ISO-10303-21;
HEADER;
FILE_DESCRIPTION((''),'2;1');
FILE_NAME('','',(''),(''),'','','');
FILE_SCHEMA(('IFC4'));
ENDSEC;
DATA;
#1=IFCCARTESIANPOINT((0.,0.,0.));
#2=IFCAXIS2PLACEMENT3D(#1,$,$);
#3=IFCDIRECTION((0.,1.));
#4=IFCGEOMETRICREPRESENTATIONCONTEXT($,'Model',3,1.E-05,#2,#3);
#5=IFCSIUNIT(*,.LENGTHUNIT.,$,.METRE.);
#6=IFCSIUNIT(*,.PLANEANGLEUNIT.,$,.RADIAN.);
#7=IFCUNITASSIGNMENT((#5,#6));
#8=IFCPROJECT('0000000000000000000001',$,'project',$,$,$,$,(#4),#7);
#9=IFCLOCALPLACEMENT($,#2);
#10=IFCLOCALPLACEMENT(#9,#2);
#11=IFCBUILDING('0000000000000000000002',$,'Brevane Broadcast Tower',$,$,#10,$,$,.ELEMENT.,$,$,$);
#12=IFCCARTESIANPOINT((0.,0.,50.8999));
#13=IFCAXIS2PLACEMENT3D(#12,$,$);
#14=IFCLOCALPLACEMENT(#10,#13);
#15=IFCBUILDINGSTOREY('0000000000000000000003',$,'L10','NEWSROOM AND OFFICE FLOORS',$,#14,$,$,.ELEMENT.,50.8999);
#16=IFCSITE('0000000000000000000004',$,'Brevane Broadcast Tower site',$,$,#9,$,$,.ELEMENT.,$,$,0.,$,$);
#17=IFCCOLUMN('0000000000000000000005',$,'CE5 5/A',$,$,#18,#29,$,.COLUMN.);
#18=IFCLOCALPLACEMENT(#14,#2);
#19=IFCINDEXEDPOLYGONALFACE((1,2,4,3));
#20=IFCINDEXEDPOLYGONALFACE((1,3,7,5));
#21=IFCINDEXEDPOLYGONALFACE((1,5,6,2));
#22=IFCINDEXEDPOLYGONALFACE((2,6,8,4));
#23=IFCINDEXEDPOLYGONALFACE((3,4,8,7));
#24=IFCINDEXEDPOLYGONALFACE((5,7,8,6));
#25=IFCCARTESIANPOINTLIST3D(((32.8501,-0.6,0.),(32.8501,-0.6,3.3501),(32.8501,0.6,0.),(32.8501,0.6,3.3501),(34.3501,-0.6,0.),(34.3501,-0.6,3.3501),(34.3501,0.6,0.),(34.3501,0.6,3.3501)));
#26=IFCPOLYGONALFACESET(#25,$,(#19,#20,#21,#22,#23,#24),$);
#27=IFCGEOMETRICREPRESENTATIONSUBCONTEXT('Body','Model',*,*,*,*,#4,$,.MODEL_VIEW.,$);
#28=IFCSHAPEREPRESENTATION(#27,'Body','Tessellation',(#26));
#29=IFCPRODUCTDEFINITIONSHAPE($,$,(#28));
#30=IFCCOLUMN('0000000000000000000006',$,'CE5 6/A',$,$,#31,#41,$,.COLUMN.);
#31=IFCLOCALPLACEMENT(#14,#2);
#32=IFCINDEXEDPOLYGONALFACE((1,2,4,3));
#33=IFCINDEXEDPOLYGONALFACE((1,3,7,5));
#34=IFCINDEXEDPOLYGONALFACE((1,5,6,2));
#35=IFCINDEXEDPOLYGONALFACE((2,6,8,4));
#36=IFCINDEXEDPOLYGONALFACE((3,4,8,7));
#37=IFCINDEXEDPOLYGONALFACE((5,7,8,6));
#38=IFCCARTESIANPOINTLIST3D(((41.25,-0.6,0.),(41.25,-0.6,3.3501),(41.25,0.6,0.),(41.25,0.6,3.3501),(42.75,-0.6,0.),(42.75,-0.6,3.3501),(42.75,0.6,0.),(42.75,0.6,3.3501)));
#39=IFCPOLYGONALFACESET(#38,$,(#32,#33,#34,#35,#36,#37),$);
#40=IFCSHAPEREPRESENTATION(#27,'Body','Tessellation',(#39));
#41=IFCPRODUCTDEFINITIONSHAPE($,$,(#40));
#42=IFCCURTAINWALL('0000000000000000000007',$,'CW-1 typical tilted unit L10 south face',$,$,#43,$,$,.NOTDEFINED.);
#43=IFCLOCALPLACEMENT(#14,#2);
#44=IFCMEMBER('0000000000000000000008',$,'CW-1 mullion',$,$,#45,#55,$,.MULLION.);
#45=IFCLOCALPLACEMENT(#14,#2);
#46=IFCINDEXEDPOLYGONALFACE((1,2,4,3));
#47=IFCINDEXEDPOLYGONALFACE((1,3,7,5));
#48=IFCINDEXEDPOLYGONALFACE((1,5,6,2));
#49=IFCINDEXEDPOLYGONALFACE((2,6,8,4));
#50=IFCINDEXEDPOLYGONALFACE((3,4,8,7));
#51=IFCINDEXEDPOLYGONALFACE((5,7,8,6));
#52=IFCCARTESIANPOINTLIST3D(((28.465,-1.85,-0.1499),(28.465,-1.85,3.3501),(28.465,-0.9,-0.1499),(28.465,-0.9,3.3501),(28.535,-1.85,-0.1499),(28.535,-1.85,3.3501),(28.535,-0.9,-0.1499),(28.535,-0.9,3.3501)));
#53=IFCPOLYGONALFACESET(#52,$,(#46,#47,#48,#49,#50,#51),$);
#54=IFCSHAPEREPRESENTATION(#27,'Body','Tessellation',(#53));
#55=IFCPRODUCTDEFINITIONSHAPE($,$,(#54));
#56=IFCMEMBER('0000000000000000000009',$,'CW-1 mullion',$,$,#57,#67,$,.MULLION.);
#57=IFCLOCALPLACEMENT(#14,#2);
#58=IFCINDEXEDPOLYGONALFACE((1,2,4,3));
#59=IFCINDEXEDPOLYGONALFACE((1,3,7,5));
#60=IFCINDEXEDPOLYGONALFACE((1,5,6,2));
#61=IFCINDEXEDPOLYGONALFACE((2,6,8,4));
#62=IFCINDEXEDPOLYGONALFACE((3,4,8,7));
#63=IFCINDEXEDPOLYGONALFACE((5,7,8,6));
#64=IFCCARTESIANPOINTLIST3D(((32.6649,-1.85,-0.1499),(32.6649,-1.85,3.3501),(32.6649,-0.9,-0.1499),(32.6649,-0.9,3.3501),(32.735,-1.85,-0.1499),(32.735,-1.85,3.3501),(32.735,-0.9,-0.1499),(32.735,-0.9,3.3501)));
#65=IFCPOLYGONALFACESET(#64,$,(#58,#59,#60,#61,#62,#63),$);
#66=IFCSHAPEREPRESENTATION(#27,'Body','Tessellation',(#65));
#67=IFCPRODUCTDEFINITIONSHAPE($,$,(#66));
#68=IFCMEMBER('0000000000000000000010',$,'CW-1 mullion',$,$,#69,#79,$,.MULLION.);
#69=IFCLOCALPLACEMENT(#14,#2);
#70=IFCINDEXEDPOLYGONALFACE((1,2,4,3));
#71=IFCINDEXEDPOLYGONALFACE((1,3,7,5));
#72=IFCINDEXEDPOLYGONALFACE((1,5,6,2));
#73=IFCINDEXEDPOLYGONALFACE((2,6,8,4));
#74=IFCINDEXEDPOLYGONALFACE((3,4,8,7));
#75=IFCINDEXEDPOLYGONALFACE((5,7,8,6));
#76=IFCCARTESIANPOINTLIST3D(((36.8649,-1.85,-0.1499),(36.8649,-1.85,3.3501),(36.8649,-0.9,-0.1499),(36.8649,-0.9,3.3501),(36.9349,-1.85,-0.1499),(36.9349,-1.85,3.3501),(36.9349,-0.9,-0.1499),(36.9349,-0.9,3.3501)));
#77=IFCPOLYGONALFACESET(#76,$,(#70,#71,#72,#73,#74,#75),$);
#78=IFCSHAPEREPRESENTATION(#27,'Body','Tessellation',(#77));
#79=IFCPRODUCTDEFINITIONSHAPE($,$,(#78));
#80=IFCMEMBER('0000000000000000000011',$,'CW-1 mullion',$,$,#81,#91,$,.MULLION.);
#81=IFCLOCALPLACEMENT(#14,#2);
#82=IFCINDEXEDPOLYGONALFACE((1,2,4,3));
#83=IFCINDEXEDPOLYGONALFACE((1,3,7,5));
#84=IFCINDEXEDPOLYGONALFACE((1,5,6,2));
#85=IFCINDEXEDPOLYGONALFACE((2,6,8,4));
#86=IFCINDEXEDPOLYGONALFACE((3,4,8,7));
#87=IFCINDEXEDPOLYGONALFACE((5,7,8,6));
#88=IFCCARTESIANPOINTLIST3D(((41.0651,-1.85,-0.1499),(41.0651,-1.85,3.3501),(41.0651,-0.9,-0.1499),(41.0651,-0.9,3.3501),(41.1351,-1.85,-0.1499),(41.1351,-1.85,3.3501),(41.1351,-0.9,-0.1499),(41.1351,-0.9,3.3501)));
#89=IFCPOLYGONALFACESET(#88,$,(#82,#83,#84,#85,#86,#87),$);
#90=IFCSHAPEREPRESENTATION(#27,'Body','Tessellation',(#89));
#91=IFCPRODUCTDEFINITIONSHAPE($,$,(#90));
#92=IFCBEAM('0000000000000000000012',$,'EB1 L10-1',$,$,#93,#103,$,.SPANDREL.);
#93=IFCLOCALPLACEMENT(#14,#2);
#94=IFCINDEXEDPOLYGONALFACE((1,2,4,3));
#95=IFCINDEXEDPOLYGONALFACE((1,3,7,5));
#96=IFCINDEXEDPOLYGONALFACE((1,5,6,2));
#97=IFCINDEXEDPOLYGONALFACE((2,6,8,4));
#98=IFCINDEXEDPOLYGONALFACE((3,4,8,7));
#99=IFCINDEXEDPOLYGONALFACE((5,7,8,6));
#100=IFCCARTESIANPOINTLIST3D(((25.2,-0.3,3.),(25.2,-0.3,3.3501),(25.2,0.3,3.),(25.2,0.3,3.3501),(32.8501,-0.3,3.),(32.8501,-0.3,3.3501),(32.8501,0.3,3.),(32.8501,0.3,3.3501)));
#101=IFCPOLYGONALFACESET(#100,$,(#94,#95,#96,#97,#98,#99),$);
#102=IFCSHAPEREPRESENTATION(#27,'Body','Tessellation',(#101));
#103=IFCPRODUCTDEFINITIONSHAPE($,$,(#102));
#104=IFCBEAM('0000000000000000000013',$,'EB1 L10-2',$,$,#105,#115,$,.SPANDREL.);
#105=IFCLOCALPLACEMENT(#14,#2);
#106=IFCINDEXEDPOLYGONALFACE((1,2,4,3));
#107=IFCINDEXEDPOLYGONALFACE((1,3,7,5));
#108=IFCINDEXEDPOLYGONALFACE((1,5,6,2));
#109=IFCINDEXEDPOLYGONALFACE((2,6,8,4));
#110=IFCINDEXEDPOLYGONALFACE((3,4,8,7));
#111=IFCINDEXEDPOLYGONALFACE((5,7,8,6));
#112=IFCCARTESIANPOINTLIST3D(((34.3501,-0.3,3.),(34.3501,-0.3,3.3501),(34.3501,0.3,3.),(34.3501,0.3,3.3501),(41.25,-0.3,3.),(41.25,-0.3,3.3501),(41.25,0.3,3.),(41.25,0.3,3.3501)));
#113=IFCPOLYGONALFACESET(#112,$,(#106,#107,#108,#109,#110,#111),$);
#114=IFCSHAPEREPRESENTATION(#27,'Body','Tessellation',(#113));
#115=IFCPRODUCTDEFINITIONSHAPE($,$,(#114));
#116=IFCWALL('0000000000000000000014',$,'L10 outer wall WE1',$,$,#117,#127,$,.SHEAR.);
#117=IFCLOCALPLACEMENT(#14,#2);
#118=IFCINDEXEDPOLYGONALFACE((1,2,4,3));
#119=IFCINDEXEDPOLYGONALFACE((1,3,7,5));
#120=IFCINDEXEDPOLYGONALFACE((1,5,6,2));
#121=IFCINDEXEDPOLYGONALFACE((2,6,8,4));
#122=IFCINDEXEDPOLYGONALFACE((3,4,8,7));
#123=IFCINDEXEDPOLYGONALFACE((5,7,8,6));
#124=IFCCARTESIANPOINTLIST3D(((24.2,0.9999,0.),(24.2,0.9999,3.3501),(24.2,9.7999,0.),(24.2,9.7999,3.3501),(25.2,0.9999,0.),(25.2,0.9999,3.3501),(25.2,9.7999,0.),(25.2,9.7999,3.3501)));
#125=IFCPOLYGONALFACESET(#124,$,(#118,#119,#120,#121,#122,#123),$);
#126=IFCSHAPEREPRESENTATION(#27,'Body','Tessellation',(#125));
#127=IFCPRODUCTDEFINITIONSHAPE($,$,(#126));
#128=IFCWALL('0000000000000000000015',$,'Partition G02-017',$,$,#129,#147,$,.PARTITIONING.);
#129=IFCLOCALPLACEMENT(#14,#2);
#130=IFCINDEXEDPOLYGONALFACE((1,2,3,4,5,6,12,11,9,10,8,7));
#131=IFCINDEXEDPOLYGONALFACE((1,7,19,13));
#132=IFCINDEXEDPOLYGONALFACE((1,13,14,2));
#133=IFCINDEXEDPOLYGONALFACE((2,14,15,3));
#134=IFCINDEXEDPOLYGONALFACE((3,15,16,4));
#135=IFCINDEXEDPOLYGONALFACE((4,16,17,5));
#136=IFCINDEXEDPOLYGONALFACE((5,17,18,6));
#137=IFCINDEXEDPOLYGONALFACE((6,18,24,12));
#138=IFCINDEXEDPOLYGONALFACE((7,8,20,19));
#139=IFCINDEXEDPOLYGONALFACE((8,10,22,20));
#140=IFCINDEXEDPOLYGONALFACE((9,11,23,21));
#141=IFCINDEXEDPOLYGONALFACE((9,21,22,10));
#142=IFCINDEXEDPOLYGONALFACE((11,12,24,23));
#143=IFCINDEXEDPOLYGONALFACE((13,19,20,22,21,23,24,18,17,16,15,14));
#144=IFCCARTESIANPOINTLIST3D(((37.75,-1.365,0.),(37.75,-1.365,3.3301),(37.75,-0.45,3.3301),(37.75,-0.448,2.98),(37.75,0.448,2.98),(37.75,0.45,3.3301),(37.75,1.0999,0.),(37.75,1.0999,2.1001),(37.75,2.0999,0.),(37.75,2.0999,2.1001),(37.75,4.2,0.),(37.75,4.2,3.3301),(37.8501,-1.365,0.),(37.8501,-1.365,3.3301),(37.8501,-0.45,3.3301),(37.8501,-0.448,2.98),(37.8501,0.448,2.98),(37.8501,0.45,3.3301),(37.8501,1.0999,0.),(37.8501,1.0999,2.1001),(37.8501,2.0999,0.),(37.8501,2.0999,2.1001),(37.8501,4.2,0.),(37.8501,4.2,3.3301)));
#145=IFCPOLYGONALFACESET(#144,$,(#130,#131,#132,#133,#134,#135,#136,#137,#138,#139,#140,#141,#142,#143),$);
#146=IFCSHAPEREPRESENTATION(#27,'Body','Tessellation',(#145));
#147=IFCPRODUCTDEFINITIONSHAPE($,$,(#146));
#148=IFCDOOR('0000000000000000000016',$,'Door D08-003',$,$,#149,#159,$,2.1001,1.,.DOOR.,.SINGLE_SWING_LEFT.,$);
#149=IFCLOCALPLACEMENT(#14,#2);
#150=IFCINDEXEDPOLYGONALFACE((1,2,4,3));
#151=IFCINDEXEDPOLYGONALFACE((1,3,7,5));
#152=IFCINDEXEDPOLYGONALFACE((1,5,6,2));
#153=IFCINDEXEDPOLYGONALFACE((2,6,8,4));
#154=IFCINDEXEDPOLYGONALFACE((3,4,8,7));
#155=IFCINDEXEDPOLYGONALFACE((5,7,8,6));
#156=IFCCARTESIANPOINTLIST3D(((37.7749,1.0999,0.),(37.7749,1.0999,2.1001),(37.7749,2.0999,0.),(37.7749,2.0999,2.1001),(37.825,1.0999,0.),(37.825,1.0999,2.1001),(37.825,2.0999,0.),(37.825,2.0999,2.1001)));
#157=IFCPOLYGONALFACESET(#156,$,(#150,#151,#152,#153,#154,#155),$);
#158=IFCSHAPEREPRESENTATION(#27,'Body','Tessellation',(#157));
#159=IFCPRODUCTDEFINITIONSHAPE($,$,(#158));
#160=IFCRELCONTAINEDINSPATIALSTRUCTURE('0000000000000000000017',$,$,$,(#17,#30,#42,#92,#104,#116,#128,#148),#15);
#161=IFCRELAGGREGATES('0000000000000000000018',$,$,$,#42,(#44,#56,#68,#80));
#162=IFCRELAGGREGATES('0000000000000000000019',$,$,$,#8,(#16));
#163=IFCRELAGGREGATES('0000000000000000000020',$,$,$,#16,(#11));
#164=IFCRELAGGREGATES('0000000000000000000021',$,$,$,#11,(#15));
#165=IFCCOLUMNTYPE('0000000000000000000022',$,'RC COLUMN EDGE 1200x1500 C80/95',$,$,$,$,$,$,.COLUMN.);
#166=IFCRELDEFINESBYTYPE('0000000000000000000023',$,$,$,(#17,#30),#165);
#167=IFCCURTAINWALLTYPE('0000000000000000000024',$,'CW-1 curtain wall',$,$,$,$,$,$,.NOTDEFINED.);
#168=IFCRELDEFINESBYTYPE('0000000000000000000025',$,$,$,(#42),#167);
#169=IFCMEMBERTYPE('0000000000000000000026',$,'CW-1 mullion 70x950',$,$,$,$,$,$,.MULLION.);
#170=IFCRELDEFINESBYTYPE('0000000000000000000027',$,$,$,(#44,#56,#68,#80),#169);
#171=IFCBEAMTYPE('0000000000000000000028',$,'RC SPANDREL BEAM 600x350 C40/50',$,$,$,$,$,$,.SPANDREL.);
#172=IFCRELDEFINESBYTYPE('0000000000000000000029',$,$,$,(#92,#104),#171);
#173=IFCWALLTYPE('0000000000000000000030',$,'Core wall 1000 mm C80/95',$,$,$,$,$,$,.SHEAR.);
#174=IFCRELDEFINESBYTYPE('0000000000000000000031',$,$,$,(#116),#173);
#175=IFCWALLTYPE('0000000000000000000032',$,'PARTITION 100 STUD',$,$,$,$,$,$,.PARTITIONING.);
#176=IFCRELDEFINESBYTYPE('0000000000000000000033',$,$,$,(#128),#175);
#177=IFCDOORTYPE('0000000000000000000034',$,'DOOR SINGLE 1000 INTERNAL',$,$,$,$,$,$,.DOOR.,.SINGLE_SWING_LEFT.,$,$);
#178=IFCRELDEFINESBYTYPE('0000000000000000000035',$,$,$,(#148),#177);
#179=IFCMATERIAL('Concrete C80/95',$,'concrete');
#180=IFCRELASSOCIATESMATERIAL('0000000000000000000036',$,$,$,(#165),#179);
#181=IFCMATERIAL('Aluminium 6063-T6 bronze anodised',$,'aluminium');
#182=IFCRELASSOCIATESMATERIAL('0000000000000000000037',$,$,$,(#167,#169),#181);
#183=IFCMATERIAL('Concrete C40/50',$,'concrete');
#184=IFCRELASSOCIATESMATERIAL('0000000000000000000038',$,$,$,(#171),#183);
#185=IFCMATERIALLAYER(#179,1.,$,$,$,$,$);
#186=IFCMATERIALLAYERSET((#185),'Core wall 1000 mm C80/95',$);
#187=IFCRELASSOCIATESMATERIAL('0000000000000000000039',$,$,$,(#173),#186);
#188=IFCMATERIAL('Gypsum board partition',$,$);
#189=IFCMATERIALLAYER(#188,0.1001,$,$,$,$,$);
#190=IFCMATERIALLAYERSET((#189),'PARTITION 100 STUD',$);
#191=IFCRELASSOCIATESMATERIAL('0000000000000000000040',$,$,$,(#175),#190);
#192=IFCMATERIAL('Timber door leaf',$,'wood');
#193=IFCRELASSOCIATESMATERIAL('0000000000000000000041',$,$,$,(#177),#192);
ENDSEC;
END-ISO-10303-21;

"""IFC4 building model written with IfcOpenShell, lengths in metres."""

from ifc_helpers import new_model, si_unit, direction, frame, frame_2d, origin, origin_2d, place, context, subcontext, project, spatial, polyline, rectangle, outline, extrude, material, layer, layer_set, material_profile, profile_set, type_object, element, fill, aggregate, save


model = new_model("IFC4")

# Units and contexts
model_context = context("Model", 3, precision=1e-05, world=origin(), true_north=direction((0.0, 1.0)))
body_context = subcontext(model_context, "Body", "Model", "MODEL_VIEW")
ifc_project = project(units=[si_unit("LENGTHUNIT", "METRE"), si_unit("PLANEANGLEUNIT", "RADIAN")], contexts=[model_context])

# Site, building, storey
site_placement = place(None, origin())
site = spatial("IfcSite", under=ifc_project, at=site_placement, Name="Brevane Broadcast Tower site", CompositionType="ELEMENT", RefElevation=0.0)
building_placement = place(site_placement, origin())
building = spatial("IfcBuilding", under=site, at=building_placement, Name="Brevane Broadcast Tower", CompositionType="ELEMENT")
storey_placement = place(building_placement, frame((0.0, 0.0, 50.8999)))
storey = spatial("IfcBuildingStorey", under=building, at=storey_placement, Name="L10", Description="NEWSROOM AND OFFICE FLOORS", CompositionType="ELEMENT", Elevation=50.8999)

# Columns
ifc_material_1 = material(Name="Concrete C80/95", Category="concrete")
ifc_material_profile_1 = material_profile(ifc_material_1, rectangle(XDim=1.2, YDim=1.5, at=origin_2d()), Name="RC 1200x1500")
ifc_profile_set_1 = profile_set([ifc_material_profile_1], Name="Concrete C80/95")
column_type = type_object("IfcColumnType", Name="RC COLUMN EDGE 1200x1500 C80/95", PredefinedType="COLUMN", material=ifc_profile_set_1)
for number, where, z_axis, x_axis, name in (
    (1, (33.6001, 0.0, 0.0), (0.0, 0.0, 1.0), (0.0, 1.0, 0.0), "CE5 5/A"),
    (2, (42.0, 0.0, 0.0), (0.0, 0.0, 1.0), (0.0, 1.0, 0.0), "CE5 6/A"),
):
    element("IfcColumn", number, at=place(storey_placement, frame(where, z_axis=z_axis, x_axis=x_axis)), inside=storey, type_object=column_type, Name=name, PredefinedType="COLUMN", context=body_context, shape_type="SweptSolid", body=[
        extrude(rectangle(XDim=1.2, YDim=1.5, at=origin_2d()), origin(), (0.0, 0.0, 1.0), 3.3501),
    ])

# Curtain wall, members
ifc_material_2 = material(Name="Aluminium 6063-T6 bronze anodised", Category="aluminium")
curtain_wall_type = type_object("IfcCurtainWallType", Name="CW-1 curtain wall", PredefinedType="NOTDEFINED", material=ifc_material_2)
curtain_wall_placement = place(storey_placement, origin())
curtain_wall = element("IfcCurtainWall", 3, at=curtain_wall_placement, inside=storey, type_object=curtain_wall_type, Name="CW-1 typical tilted unit L10 south face", PredefinedType="NOTDEFINED")
ifc_material_profile_2 = material_profile(ifc_material_2, rectangle(XDim=0.95, YDim=0.0701, at=origin_2d()), Name="RECT 70x950")
ifc_profile_set_2 = profile_set([ifc_material_profile_2], Name="Aluminium 6063-T6 bronze anodised")
member_type = type_object("IfcMemberType", Name="CW-1 mullion 70x950", PredefinedType="MULLION", material=ifc_profile_set_2)
member_1_placement = place(storey_placement, frame((28.5, -1.375, -0.1499), z_axis=(0.0, 0.0, 1.0), x_axis=(0.0, 1.0, 0.0)))
member_1 = element("IfcMember", 4, at=member_1_placement, type_object=member_type, Name="CW-1 mullion", PredefinedType="MULLION", context=body_context, shape_type="SweptSolid", body=[
    extrude(rectangle(XDim=0.95, YDim=0.0701, at=origin_2d()), origin(), (0.0, 0.0, 1.0), 3.5),
])
member_2_placement = place(storey_placement, frame((32.7, -1.375, -0.1499), z_axis=(0.0, 0.0, 1.0), x_axis=(0.0, 1.0, 0.0)))
member_2 = element("IfcMember", 5, at=member_2_placement, type_object=member_type, Name="CW-1 mullion", PredefinedType="MULLION", context=body_context, shape_type="SweptSolid", body=[
    extrude(rectangle(XDim=0.95, YDim=0.0701, at=origin_2d()), origin(), (0.0, 0.0, 1.0), 3.5),
])
member_3_placement = place(storey_placement, frame((36.8999, -1.375, -0.1499), z_axis=(0.0, 0.0, 1.0), x_axis=(0.0, 1.0, 0.0)))
member_3 = element("IfcMember", 6, at=member_3_placement, type_object=member_type, Name="CW-1 mullion", PredefinedType="MULLION", context=body_context, shape_type="SweptSolid", body=[
    extrude(rectangle(XDim=0.95, YDim=0.0701, at=origin_2d()), origin(), (0.0, 0.0, 1.0), 3.5),
])
member_4_placement = place(storey_placement, frame((41.1001, -1.375, -0.1499), z_axis=(0.0, 0.0, 1.0), x_axis=(0.0, 1.0, 0.0)))
member_4 = element("IfcMember", 7, at=member_4_placement, type_object=member_type, Name="CW-1 mullion", PredefinedType="MULLION", context=body_context, shape_type="SweptSolid", body=[
    extrude(rectangle(XDim=0.95, YDim=0.0701, at=origin_2d()), origin(), (0.0, 0.0, 1.0), 3.5),
])
aggregate(curtain_wall, [member_1, member_2, member_3, member_4])

# Beams
ifc_material_3 = material(Name="Concrete C40/50", Category="concrete")
ifc_material_profile_3 = material_profile(ifc_material_3, rectangle(XDim=0.6001, YDim=0.3501, at=origin_2d()), Name="RC 600x350")
ifc_profile_set_3 = profile_set([ifc_material_profile_3], Name="Concrete C40/50")
beam_type = type_object("IfcBeamType", Name="RC SPANDREL BEAM 600x350 C40/50", PredefinedType="SPANDREL", material=ifc_profile_set_3)
beam_1_placement = place(storey_placement, frame((25.2, 0.0, 3.175), z_axis=(1.0, 0.0, 0.0), x_axis=(0.0, 1.0, 0.0)))
element("IfcBeam", 8, at=beam_1_placement, inside=storey, type_object=beam_type, Name="EB1 L10-1", PredefinedType="SPANDREL", context=body_context, shape_type="SweptSolid", body=[
    extrude(rectangle(XDim=0.6001, YDim=0.3501, at=origin_2d()), origin(), (0.0, 0.0, 1.0), 7.6501),
])
beam_2_placement = place(storey_placement, frame((34.3501, 0.0, 3.175), z_axis=(1.0, 0.0, 0.0), x_axis=(0.0, 1.0, 0.0)))
element("IfcBeam", 9, at=beam_2_placement, inside=storey, type_object=beam_type, Name="EB1 L10-2", PredefinedType="SPANDREL", context=body_context, shape_type="SweptSolid", body=[
    extrude(rectangle(XDim=0.6001, YDim=0.3501, at=origin_2d()), origin(), (0.0, 0.0, 1.0), 6.8999),
])

# Wall
ifc_layer_1 = layer(ifc_material_1, 1.0)
ifc_layer_set_1 = layer_set([ifc_layer_1], Name="Core wall 1000 mm C80/95")
wall_type_1 = type_object("IfcWallType", Name="Core wall 1000 mm C80/95", PredefinedType="SHEAR", material=ifc_layer_set_1)
wall_1_placement = place(storey_placement, frame((24.7, 1.0, 0.0), z_axis=(0.0, 0.0, 1.0), x_axis=(0.0, 1.0, 0.0)))
element("IfcWall", 10, at=wall_1_placement, inside=storey, type_object=wall_type_1, Name="L10 outer wall WE1", PredefinedType="SHEAR", context=body_context, shape_type="SweptSolid", body=[
    extrude(rectangle(XDim=8.8, YDim=1.0, at=frame_2d((4.3999, 0.0))), origin(), (0.0, 0.0, 1.0), 3.3501),
])

# Wall, opening, door
ifc_material_4 = material(Name="Gypsum board partition")
ifc_layer_2 = layer(ifc_material_4, 0.1001)
ifc_layer_set_2 = layer_set([ifc_layer_2], Name="PARTITION 100 STUD")
wall_type_2 = type_object("IfcWallType", Name="PARTITION 100 STUD", PredefinedType="PARTITIONING", material=ifc_layer_set_2)
wall_2_placement = place(storey_placement, frame((37.8, 4.2, 0.0), z_axis=(0.0, 0.0, 1.0), x_axis=(0.0, -1.0, 0.0)))
wall_2 = element("IfcWall", 11, at=wall_2_placement, inside=storey, type_object=wall_type_2, Name="Partition G02-017", PredefinedType="PARTITIONING", context=body_context, shape_type="SweptSolid", body=[
    extrude(outline(polyline([(0.0, 0.0), (5.5649, 0.0), (5.5649, 3.3301), (5.3, 3.3301), (4.6499, 3.3301), (4.6479, 2.98), (3.752, 2.98), (3.75, 3.3301), (0.0, 3.3301), (0.0, 0.0)])), frame((0.0, 0.05, 0.0), z_axis=(0.0, -1.0, 0.0), x_axis=(1.0, 0.0, 0.0)), (0.0, 0.0, 1.0), 0.1001),
])
opening_1_placement = place(wall_2_placement, frame((2.1001, 0.0, 0.0)))
opening_1 = element("IfcOpeningElement", 12, at=opening_1_placement, cuts=wall_2, PredefinedType="OPENING", context=body_context, shape_type="SweptSolid", body=[
    extrude(rectangle(XDim=1.0, YDim=2.1001, at=frame_2d((0.5, 1.05))), frame((0.0, 0.0601, 0.0), z_axis=(0.0, -1.0, 0.0), x_axis=(1.0, 0.0, 0.0)), (0.0, 0.0, 1.0), 0.1201),
])
ifc_material_5 = material(Name="Timber door leaf", Category="wood")
door_type = type_object("IfcDoorType", Name="DOOR SINGLE 1000 INTERNAL", OperationType="SINGLE_SWING_LEFT", PredefinedType="DOOR", material=ifc_material_5)
door_1_placement = place(opening_1_placement, origin())
door_1 = element("IfcDoor", 13, at=door_1_placement, inside=storey, type_object=door_type, Name="Door D08-003", OperationType="SINGLE_SWING_LEFT", OverallHeight=2.1001, OverallWidth=1.0, PredefinedType="DOOR", context=body_context, shape_type="SweptSolid", body=[
    extrude(rectangle(XDim=1.0, YDim=2.1001, at=frame_2d((0.5, 1.05))), frame((0.0, 0.0249, 0.0), z_axis=(0.0, -1.0, 0.0), x_axis=(1.0, 0.0, 0.0)), (0.0, 0.0, 1.0), 0.05),
])
fill(opening_1, door_1)

save(model, "model.ifc")
